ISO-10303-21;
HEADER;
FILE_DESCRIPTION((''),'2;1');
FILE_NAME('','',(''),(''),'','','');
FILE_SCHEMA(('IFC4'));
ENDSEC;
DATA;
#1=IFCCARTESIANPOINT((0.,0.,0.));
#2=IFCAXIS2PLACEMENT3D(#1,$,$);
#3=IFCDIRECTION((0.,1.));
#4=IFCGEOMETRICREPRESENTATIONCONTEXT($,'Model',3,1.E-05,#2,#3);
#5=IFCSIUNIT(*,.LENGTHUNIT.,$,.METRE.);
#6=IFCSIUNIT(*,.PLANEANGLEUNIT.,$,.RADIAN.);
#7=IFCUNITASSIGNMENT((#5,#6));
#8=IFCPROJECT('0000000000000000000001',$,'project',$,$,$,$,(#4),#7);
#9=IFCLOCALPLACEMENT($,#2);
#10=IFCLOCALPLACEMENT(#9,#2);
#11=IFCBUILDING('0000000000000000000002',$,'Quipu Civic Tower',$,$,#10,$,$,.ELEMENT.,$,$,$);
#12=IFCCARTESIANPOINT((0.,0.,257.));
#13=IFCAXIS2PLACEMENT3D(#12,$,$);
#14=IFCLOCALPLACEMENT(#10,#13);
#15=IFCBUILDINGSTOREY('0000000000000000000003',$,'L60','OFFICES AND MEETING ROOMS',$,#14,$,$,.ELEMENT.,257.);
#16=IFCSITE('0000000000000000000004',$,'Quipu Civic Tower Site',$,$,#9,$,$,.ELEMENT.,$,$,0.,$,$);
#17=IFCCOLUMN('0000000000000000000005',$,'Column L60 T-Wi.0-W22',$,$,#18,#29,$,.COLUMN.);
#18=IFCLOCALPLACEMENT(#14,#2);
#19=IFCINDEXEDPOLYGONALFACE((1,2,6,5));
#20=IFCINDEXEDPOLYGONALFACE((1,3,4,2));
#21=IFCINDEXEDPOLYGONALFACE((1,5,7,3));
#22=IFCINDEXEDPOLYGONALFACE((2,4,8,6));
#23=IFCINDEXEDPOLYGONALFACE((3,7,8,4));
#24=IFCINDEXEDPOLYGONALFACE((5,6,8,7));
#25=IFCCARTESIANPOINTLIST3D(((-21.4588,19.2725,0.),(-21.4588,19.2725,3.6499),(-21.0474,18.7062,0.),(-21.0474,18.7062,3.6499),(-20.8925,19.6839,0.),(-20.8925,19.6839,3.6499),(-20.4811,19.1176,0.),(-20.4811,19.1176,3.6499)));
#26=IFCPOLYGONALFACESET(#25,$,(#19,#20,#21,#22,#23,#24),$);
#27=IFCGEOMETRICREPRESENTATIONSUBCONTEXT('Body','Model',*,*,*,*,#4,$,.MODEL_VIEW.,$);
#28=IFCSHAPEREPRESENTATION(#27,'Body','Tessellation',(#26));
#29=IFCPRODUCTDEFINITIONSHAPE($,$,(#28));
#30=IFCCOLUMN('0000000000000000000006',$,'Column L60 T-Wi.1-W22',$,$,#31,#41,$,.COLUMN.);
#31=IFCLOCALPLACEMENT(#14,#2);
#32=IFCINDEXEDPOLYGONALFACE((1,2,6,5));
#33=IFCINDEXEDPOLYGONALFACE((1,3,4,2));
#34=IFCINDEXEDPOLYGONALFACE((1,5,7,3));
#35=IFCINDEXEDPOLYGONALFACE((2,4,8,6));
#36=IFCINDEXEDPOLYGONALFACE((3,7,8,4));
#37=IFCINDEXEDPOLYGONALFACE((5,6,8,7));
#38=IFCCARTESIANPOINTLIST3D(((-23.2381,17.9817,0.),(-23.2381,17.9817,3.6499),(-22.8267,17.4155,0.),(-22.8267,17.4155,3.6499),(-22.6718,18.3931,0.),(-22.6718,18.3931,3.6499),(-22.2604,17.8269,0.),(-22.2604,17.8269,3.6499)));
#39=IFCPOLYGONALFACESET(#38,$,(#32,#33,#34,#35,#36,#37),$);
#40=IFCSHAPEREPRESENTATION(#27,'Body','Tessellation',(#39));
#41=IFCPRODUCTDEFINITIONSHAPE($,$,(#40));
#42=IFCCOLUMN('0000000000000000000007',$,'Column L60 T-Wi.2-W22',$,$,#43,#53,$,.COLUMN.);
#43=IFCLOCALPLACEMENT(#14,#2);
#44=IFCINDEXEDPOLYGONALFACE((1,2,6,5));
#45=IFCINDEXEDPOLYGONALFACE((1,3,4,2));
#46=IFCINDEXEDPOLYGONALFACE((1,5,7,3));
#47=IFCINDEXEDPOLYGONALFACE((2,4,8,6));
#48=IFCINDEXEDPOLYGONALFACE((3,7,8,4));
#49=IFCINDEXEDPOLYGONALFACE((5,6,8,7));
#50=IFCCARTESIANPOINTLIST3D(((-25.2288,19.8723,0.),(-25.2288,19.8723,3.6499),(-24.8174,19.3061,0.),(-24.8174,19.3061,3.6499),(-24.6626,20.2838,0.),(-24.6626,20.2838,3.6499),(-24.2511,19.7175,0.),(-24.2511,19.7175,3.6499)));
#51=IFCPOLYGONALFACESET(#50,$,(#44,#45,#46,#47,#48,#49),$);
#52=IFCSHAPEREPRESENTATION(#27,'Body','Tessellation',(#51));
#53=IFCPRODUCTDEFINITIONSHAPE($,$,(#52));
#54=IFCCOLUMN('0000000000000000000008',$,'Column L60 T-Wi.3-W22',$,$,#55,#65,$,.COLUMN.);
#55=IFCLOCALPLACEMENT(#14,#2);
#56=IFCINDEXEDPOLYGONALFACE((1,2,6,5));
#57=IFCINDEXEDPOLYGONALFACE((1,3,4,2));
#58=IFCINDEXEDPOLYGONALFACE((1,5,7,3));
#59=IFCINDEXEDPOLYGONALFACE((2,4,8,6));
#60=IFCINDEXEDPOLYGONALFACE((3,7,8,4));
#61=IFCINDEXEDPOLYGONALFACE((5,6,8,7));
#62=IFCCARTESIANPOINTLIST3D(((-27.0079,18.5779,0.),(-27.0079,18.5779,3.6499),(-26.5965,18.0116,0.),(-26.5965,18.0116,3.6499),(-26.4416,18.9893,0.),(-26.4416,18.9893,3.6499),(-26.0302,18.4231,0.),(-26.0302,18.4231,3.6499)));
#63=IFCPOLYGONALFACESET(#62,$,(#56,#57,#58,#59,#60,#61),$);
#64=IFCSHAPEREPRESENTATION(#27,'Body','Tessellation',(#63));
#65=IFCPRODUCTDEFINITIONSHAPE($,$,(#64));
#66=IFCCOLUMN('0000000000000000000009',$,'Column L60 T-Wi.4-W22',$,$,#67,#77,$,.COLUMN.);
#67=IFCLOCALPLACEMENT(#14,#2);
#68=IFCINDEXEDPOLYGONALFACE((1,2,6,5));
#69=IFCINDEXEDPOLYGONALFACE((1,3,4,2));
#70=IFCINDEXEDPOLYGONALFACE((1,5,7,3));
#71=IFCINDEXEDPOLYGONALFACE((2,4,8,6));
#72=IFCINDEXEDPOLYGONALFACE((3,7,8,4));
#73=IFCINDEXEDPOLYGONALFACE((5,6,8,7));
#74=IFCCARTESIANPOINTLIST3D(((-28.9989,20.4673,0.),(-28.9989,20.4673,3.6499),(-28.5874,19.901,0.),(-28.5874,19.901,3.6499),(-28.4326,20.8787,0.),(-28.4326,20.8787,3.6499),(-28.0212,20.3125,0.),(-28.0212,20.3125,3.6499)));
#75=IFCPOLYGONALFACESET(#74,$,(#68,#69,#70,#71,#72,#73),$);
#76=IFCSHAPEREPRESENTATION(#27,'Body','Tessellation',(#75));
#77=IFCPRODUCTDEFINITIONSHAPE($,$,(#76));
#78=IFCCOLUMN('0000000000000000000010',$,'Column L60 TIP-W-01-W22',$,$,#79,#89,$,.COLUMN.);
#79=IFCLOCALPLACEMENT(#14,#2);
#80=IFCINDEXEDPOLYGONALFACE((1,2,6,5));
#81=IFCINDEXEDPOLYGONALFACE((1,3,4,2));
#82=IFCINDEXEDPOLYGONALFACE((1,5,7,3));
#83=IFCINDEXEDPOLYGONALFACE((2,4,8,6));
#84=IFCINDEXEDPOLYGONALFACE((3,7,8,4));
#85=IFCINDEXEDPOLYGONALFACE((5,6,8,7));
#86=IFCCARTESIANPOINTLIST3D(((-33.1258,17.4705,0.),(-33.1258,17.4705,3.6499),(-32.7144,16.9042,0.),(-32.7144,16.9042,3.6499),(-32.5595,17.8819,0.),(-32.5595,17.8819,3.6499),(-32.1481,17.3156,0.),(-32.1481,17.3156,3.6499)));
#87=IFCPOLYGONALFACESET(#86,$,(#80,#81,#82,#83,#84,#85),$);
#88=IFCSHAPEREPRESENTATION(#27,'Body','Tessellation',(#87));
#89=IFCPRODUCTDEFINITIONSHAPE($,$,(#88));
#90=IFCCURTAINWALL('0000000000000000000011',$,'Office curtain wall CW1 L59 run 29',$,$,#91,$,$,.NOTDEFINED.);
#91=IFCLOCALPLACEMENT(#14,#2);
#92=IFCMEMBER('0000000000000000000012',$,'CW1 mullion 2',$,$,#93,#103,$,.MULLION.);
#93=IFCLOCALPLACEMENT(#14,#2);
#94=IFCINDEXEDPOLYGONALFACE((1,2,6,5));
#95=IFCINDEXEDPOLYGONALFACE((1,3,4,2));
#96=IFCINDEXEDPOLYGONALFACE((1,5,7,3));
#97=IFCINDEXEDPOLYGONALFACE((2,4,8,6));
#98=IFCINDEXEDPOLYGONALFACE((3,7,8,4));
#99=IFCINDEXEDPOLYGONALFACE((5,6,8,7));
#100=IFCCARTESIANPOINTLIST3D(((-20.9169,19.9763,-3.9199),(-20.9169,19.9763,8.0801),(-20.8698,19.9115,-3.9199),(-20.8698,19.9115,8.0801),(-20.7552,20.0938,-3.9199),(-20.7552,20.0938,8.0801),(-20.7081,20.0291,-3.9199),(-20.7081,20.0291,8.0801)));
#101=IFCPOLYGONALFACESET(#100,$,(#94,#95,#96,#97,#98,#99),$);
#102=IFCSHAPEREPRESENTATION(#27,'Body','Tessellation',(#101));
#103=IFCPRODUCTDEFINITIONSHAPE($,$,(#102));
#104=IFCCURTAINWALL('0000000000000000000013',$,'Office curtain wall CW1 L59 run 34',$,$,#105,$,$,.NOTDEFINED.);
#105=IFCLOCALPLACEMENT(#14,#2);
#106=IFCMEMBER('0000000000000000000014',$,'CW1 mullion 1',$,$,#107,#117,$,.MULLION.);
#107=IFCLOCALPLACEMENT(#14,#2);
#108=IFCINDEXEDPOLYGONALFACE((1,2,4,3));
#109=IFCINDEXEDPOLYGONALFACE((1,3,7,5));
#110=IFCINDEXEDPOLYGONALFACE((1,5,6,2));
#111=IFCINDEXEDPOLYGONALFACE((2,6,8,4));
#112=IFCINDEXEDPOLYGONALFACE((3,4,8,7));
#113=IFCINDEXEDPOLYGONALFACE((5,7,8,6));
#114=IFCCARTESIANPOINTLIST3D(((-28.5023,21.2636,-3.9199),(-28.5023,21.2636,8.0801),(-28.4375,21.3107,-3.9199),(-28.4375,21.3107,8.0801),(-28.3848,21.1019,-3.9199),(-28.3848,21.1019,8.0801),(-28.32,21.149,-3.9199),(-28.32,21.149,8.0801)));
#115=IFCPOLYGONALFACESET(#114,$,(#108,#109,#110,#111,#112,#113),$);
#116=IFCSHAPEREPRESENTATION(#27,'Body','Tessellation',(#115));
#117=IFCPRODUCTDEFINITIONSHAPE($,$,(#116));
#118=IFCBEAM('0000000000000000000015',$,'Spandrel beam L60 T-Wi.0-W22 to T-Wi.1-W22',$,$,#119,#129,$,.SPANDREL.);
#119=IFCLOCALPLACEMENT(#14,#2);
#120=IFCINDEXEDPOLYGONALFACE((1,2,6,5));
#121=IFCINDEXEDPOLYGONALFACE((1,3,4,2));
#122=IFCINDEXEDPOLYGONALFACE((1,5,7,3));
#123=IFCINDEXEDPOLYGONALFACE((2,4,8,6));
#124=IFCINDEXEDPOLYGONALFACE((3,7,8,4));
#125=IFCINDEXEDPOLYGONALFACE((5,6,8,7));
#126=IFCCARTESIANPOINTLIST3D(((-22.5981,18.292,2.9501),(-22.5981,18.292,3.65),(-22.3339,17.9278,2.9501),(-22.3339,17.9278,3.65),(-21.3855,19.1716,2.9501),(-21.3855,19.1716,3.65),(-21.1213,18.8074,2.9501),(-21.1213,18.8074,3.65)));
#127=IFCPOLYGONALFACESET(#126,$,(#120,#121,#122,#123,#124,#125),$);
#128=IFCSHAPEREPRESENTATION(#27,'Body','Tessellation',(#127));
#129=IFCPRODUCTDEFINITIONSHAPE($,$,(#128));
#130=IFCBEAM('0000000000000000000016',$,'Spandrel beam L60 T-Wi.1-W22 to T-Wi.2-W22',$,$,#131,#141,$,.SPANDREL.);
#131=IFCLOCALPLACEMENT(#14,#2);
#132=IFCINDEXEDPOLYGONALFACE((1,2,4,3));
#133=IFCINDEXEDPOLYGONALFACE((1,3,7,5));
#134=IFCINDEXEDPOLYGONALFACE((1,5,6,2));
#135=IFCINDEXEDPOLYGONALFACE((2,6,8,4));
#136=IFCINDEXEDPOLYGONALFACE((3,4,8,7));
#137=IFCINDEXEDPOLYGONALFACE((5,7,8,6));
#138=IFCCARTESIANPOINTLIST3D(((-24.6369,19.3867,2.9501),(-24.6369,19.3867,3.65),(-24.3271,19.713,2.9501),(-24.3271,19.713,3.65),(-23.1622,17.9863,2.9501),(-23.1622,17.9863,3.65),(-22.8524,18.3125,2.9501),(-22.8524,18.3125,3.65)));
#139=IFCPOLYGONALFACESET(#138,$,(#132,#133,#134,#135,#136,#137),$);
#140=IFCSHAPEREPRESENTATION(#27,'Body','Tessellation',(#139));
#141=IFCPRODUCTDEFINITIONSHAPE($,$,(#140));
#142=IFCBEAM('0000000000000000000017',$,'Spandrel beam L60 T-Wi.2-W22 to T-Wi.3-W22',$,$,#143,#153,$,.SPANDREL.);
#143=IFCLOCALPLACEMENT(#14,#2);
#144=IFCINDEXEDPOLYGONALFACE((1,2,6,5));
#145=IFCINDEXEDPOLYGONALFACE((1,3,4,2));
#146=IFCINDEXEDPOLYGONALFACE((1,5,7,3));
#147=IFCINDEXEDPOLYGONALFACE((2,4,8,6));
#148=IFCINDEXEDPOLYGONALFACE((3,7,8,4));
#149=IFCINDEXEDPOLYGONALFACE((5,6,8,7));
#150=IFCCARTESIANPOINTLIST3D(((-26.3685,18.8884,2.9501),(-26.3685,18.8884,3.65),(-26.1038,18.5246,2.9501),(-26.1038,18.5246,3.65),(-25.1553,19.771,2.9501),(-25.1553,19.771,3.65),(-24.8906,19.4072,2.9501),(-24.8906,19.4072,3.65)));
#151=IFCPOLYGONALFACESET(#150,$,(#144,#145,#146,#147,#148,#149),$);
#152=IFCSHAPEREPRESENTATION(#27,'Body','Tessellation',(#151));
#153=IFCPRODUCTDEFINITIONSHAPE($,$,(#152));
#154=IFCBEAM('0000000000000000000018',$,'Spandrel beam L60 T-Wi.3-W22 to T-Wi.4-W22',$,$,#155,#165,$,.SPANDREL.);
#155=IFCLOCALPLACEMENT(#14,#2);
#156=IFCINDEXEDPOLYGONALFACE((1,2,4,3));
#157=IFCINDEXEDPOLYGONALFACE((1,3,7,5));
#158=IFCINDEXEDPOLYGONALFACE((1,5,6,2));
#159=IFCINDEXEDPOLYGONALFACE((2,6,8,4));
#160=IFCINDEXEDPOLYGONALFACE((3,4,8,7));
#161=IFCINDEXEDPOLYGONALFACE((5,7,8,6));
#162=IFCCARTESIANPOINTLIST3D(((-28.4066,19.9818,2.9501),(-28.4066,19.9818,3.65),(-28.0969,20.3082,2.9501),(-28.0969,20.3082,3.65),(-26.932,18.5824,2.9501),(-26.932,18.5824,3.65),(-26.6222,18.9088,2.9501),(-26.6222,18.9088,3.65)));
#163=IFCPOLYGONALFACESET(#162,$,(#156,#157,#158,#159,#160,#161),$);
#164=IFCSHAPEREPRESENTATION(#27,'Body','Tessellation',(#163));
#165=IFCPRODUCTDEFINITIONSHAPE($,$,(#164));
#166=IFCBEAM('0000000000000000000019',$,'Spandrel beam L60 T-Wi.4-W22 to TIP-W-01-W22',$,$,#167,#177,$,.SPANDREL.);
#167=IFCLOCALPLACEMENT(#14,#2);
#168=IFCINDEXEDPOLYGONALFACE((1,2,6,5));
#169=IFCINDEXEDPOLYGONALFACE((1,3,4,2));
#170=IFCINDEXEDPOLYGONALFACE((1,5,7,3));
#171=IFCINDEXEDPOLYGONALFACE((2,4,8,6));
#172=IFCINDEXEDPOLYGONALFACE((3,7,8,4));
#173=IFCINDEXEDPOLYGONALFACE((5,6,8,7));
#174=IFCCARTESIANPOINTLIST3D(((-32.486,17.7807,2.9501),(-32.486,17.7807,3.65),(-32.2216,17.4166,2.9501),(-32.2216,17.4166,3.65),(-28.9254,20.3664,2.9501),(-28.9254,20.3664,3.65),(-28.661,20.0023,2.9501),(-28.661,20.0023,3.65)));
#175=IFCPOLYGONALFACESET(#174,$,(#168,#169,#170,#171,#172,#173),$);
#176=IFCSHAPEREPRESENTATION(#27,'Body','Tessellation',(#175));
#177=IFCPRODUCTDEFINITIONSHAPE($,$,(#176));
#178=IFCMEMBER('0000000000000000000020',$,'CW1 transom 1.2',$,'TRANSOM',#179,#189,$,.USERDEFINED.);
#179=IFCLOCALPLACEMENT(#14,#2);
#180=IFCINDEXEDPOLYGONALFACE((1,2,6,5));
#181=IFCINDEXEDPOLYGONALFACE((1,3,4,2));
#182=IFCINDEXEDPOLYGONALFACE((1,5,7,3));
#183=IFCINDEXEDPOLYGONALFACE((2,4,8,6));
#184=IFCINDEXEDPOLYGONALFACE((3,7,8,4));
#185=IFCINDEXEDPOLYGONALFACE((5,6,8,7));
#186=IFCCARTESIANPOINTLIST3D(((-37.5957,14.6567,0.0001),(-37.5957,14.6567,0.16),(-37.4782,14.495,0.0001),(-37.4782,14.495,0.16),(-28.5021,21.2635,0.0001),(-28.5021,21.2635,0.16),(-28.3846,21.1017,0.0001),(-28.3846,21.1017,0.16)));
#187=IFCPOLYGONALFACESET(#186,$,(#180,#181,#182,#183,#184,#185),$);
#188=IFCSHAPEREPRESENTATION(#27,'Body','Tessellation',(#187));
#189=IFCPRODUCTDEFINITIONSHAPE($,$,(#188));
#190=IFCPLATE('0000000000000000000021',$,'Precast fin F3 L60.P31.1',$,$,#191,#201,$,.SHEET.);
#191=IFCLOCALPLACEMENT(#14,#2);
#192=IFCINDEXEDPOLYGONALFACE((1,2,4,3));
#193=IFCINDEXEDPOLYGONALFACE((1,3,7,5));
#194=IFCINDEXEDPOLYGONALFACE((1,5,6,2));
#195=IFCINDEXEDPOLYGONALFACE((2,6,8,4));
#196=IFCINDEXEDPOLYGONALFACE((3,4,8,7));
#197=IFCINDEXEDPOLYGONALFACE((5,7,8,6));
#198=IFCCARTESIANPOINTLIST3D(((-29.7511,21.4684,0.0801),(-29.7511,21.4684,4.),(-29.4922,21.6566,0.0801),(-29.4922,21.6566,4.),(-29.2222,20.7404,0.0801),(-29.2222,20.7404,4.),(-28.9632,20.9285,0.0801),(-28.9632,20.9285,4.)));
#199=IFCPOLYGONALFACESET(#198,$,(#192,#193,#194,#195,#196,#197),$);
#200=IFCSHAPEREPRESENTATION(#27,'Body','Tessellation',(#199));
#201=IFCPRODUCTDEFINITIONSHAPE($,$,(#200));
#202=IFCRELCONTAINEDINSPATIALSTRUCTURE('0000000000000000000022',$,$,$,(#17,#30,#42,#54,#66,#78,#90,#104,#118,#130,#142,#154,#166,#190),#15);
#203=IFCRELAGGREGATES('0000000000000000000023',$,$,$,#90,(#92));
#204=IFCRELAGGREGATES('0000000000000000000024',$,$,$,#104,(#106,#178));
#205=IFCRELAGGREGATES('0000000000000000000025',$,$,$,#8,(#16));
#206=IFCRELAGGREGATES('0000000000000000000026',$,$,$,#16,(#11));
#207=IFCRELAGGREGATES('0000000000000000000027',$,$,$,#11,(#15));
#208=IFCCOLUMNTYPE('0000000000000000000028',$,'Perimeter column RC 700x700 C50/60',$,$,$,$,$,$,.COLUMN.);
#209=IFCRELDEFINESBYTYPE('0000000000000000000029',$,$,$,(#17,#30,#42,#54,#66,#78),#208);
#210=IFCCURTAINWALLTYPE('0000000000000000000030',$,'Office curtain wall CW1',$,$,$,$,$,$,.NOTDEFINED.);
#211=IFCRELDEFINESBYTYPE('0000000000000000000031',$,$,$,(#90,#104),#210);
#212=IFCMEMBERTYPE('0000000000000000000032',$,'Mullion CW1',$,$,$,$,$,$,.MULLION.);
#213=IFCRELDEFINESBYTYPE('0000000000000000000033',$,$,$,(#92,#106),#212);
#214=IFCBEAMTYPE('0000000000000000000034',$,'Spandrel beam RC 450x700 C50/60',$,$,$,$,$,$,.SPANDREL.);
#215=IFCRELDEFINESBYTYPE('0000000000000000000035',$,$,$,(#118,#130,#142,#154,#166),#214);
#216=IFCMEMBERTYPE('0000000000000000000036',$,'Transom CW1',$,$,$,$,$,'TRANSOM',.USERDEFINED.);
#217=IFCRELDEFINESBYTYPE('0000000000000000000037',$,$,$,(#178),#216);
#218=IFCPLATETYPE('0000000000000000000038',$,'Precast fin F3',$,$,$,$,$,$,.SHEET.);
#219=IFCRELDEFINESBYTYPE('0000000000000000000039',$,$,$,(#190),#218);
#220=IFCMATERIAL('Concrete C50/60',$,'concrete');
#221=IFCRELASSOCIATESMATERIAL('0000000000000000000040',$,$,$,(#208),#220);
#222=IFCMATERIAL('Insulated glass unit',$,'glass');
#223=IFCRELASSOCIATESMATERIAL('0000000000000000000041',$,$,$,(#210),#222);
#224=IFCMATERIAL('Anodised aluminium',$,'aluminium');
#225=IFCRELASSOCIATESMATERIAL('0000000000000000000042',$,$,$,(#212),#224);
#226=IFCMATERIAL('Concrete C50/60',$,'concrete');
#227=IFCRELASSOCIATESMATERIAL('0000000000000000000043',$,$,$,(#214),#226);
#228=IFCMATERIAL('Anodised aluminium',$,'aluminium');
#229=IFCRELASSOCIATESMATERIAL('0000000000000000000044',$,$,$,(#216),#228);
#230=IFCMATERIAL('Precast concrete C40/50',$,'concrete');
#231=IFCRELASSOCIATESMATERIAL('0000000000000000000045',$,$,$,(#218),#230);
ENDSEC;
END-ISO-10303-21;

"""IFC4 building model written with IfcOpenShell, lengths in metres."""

from ifc_helpers import new_model, si_unit, direction, frame, origin, origin_2d, place, context, subcontext, project, spatial, rectangle, extrude, material, material_profile, profile_set, type_object, element, aggregate, save


model = new_model("IFC4")

# Units and contexts
model_context = context("Model", 3, precision=1e-05, world=origin(), true_north=direction((0.0, 1.0)))
body_context = subcontext(model_context, "Body", "Model", "MODEL_VIEW")
ifc_project = project(units=[si_unit("LENGTHUNIT", "METRE"), si_unit("PLANEANGLEUNIT", "RADIAN")], contexts=[model_context])

# Site, building, storey
site_placement = place(None, origin())
site = spatial("IfcSite", under=ifc_project, at=site_placement, Name="Quipu Civic Tower Site", CompositionType="ELEMENT", RefElevation=0.0)
building_placement = place(site_placement, origin())
building = spatial("IfcBuilding", under=site, at=building_placement, Name="Quipu Civic Tower", CompositionType="ELEMENT")
storey_placement = place(building_placement, frame((0.0, 0.0, 257.0)))
storey = spatial("IfcBuildingStorey", under=building, at=storey_placement, Name="L60", Description="OFFICES AND MEETING ROOMS", CompositionType="ELEMENT", Elevation=257.0)

# Columns
ifc_material_1 = material(Name="Concrete C50/60", Category="concrete")
ifc_material_profile_1 = material_profile(ifc_material_1, rectangle(XDim=0.7, YDim=0.7, at=origin_2d()), Name="RC700x700")
ifc_profile_set_1 = profile_set([ifc_material_profile_1], Name="Concrete C50/60")
column_type = type_object("IfcColumnType", Name="Perimeter column RC 700x700 C50/60", PredefinedType="COLUMN", material=ifc_profile_set_1)
for number, where, z_axis, x_axis, name in (
    (1, (-20.97, 19.1951, 0.0), (0.0, 0.0, 1.0), (-0.587785, 0.809017, 0.0), "Column L60 T-Wi.0-W22"),
    (2, (-22.7493, 17.9043, 0.0), (0.0, 0.0, 1.0), (-0.587785, 0.809017, 0.0), "Column L60 T-Wi.1-W22"),
    (3, (-24.74, 19.7949, 0.0), (0.0, 0.0, 1.0), (-0.587785, 0.809017, 0.0), "Column L60 T-Wi.2-W22"),
    (4, (-26.519, 18.5005, 0.0), (0.0, 0.0, 1.0), (-0.587785, 0.809017, 0.0), "Column L60 T-Wi.3-W22"),
    (5, (-28.51, 20.3899, 0.0), (0.0, 0.0, 1.0), (-0.809017, -0.587785, 0.0), "Column L60 T-Wi.4-W22"),
    (6, (-32.637, 17.3931, 0.0), (0.0, 0.0, 1.0), (-0.809017, -0.587785, 0.0), "Column L60 TIP-W-01-W22"),
):
    element("IfcColumn", number, at=place(storey_placement, frame(where, z_axis=z_axis, x_axis=x_axis)), inside=storey, type_object=column_type, Name=name, PredefinedType="COLUMN", context=body_context, shape_type="SweptSolid", body=[
        extrude(rectangle(XDim=0.7, YDim=0.7, at=origin_2d()), origin(), (0.0, 0.0, 1.0), 3.6499),
    ])

# Curtain walls, members
ifc_material_2 = material(Name="Insulated glass unit", Category="glass")
curtain_wall_type = type_object("IfcCurtainWallType", Name="Office curtain wall CW1", PredefinedType="NOTDEFINED", material=ifc_material_2)
curtain_wall_1_placement = place(storey_placement, origin())
curtain_wall_1 = element("IfcCurtainWall", 7, at=curtain_wall_1_placement, inside=storey, type_object=curtain_wall_type, Name="Office curtain wall CW1 L59 run 29", PredefinedType="NOTDEFINED")
ifc_material_3 = material(Name="Anodised aluminium", Category="aluminium")
ifc_material_profile_2 = material_profile(ifc_material_3, rectangle(XDim=0.2, YDim=0.0801, at=origin_2d()), Name="RECT 200x80")
ifc_profile_set_2 = profile_set([ifc_material_profile_2], Name="Anodised aluminium")
member_type_1 = type_object("IfcMemberType", Name="Mullion CW1", PredefinedType="MULLION", material=ifc_profile_set_2)
member_1_placement = place(storey_placement, frame((-20.8125, 20.0027, -3.9199), z_axis=(0.0, 0.0, 1.0), x_axis=(-0.809015, -0.587788, 0.0)))
member_1 = element("IfcMember", 8, at=member_1_placement, type_object=member_type_1, Name="CW1 mullion 2", PredefinedType="MULLION", context=body_context, shape_type="SweptSolid", body=[
    extrude(rectangle(XDim=0.2, YDim=0.0801, at=origin_2d()), origin(), (0.0, 0.0, 1.0), 12.0),
])
aggregate(curtain_wall_1, [member_1])
curtain_wall_2_placement = place(storey_placement, origin())
curtain_wall_2 = element("IfcCurtainWall", 9, at=curtain_wall_2_placement, inside=storey, type_object=curtain_wall_type, Name="Office curtain wall CW1 L59 run 34", PredefinedType="NOTDEFINED")
member_2_placement = place(storey_placement, frame((-28.4111, 21.2063, -3.9199), z_axis=(0.0, 0.0, 1.0), x_axis=(0.587788, -0.809015, 0.0)))
member_2 = element("IfcMember", 10, at=member_2_placement, type_object=member_type_1, Name="CW1 mullion 1", PredefinedType="MULLION", context=body_context, shape_type="SweptSolid", body=[
    extrude(rectangle(XDim=0.2, YDim=0.0801, at=origin_2d()), origin(), (0.0, 0.0, 1.0), 12.0),
])

# Beams
ifc_material_4 = material(Name="Concrete C50/60", Category="concrete")
ifc_material_profile_3 = material_profile(ifc_material_4, rectangle(XDim=0.45, YDim=0.7, at=origin_2d()), Name="RC450x700")
ifc_profile_set_3 = profile_set([ifc_material_profile_3], Name="Concrete C50/60")
beam_type = type_object("IfcBeamType", Name="Spandrel beam RC 450x700 C50/60", PredefinedType="SPANDREL", material=ifc_profile_set_3)
beam_1_placement = place(storey_placement, frame((-21.2534, 18.9895, 3.3), z_axis=(-0.809461, -0.587173, 0.0), x_axis=(0.587173, -0.809461, 0.0)))
element("IfcBeam", 11, at=beam_1_placement, inside=storey, type_object=beam_type, Name="Spandrel beam L60 T-Wi.0-W22 to T-Wi.1-W22", PredefinedType="SPANDREL", context=body_context, shape_type="SweptSolid", body=[
    extrude(rectangle(XDim=0.45, YDim=0.7, at=origin_2d()), origin(), (0.0, 0.0, 1.0), 1.498),
])
beam_2_placement = place(storey_placement, frame((-23.0073, 18.1494, 3.3), z_axis=(-0.725119, 0.688623, 0.0), x_axis=(-0.688623, -0.725119, 0.0)))
element("IfcBeam", 12, at=beam_2_placement, inside=storey, type_object=beam_type, Name="Spandrel beam L60 T-Wi.1-W22 to T-Wi.2-W22", PredefinedType="SPANDREL", context=body_context, shape_type="SweptSolid", body=[
    extrude(rectangle(XDim=0.45, YDim=0.7, at=origin_2d()), origin(), (0.0, 0.0, 1.0), 2.0337),
])
beam_3_placement = place(storey_placement, frame((-25.0229, 19.5891, 3.3), z_axis=(-0.808645, -0.588297, 0.0), x_axis=(0.588297, -0.808645, 0.0)))
element("IfcBeam", 13, at=beam_3_placement, inside=storey, type_object=beam_type, Name="Spandrel beam L60 T-Wi.2-W22 to T-Wi.3-W22", PredefinedType="SPANDREL", context=body_context, shape_type="SweptSolid", body=[
    extrude(rectangle(XDim=0.45, YDim=0.7, at=origin_2d()), origin(), (0.0, 0.0, 1.0), 1.5002),
])
beam_4_placement = place(storey_placement, frame((-26.7771, 18.7456, 3.3), z_axis=(-0.725359, 0.688371, 0.0), x_axis=(-0.688371, -0.725359, 0.0)))
element("IfcBeam", 14, at=beam_4_placement, inside=storey, type_object=beam_type, Name="Spandrel beam L60 T-Wi.3-W22 to T-Wi.4-W22", PredefinedType="SPANDREL", context=body_context, shape_type="SweptSolid", body=[
    extrude(rectangle(XDim=0.45, YDim=0.7, at=origin_2d()), origin(), (0.0, 0.0, 1.0), 2.033),
])
beam_5_placement = place(storey_placement, frame((-28.7932, 20.1843, 3.3), z_axis=(-0.809146, -0.587607, 0.0), x_axis=(0.587607, -0.809146, 0.0)))
element("IfcBeam", 15, at=beam_5_placement, inside=storey, type_object=beam_type, Name="Spandrel beam L60 T-Wi.4-W22 to TIP-W-01-W22", PredefinedType="SPANDREL", context=body_context, shape_type="SweptSolid", body=[
    extrude(rectangle(XDim=0.45, YDim=0.7, at=origin_2d()), origin(), (0.0, 0.0, 1.0), 4.4004),
])

# Member
ifc_material_5 = material(Name="Anodised aluminium", Category="aluminium")
ifc_material_profile_4 = material_profile(ifc_material_5, rectangle(XDim=0.2, YDim=0.1599, at=origin_2d()), Name="RECT 200x160")
ifc_profile_set_4 = profile_set([ifc_material_profile_4], Name="Anodised aluminium")
member_type_2 = type_object("IfcMemberType", Name="Transom CW1", ElementType="TRANSOM", PredefinedType="USERDEFINED", material=ifc_profile_set_4)
member_3_placement = place(storey_placement, frame((-28.4434, 21.1826, 0.0801), z_axis=(-0.809022, -0.587778, 0.0), x_axis=(0.587778, -0.809022, 0.0)))
member_3 = element("IfcMember", 16, at=member_3_placement, type_object=member_type_2, Name="CW1 transom 1.2", ObjectType="TRANSOM", PredefinedType="USERDEFINED", context=body_context, shape_type="SweptSolid", body=[
    extrude(rectangle(XDim=0.2, YDim=0.1599, at=origin_2d()), origin(), (0.0, 0.0, 1.0), 11.2402),
])
aggregate(curtain_wall_2, [member_2, member_3])

# Plate
ifc_material_6 = material(Name="Precast concrete C40/50", Category="concrete")
plate_type = type_object("IfcPlateType", Name="Precast fin F3", PredefinedType="SHEET", material=ifc_material_6)
for number, where, z_axis, x_axis, name in (
    (17, (-29.3572, 21.1985, 0.0801), (0.0, 0.0, 1.0), (-0.809017, -0.587785, 0.0), "Precast fin F3 L60.P31.1"),
):
    element("IfcPlate", number, at=place(storey_placement, frame(where, z_axis=z_axis, x_axis=x_axis)), inside=storey, type_object=plate_type, Name=name, PredefinedType="SHEET", context=body_context, shape_type="SweptSolid", body=[
        extrude(rectangle(XDim=0.3201, YDim=0.8999, at=origin_2d()), origin(), (0.0, 0.0, 1.0), 3.9199),
    ])

save(model, "model.ifc")
